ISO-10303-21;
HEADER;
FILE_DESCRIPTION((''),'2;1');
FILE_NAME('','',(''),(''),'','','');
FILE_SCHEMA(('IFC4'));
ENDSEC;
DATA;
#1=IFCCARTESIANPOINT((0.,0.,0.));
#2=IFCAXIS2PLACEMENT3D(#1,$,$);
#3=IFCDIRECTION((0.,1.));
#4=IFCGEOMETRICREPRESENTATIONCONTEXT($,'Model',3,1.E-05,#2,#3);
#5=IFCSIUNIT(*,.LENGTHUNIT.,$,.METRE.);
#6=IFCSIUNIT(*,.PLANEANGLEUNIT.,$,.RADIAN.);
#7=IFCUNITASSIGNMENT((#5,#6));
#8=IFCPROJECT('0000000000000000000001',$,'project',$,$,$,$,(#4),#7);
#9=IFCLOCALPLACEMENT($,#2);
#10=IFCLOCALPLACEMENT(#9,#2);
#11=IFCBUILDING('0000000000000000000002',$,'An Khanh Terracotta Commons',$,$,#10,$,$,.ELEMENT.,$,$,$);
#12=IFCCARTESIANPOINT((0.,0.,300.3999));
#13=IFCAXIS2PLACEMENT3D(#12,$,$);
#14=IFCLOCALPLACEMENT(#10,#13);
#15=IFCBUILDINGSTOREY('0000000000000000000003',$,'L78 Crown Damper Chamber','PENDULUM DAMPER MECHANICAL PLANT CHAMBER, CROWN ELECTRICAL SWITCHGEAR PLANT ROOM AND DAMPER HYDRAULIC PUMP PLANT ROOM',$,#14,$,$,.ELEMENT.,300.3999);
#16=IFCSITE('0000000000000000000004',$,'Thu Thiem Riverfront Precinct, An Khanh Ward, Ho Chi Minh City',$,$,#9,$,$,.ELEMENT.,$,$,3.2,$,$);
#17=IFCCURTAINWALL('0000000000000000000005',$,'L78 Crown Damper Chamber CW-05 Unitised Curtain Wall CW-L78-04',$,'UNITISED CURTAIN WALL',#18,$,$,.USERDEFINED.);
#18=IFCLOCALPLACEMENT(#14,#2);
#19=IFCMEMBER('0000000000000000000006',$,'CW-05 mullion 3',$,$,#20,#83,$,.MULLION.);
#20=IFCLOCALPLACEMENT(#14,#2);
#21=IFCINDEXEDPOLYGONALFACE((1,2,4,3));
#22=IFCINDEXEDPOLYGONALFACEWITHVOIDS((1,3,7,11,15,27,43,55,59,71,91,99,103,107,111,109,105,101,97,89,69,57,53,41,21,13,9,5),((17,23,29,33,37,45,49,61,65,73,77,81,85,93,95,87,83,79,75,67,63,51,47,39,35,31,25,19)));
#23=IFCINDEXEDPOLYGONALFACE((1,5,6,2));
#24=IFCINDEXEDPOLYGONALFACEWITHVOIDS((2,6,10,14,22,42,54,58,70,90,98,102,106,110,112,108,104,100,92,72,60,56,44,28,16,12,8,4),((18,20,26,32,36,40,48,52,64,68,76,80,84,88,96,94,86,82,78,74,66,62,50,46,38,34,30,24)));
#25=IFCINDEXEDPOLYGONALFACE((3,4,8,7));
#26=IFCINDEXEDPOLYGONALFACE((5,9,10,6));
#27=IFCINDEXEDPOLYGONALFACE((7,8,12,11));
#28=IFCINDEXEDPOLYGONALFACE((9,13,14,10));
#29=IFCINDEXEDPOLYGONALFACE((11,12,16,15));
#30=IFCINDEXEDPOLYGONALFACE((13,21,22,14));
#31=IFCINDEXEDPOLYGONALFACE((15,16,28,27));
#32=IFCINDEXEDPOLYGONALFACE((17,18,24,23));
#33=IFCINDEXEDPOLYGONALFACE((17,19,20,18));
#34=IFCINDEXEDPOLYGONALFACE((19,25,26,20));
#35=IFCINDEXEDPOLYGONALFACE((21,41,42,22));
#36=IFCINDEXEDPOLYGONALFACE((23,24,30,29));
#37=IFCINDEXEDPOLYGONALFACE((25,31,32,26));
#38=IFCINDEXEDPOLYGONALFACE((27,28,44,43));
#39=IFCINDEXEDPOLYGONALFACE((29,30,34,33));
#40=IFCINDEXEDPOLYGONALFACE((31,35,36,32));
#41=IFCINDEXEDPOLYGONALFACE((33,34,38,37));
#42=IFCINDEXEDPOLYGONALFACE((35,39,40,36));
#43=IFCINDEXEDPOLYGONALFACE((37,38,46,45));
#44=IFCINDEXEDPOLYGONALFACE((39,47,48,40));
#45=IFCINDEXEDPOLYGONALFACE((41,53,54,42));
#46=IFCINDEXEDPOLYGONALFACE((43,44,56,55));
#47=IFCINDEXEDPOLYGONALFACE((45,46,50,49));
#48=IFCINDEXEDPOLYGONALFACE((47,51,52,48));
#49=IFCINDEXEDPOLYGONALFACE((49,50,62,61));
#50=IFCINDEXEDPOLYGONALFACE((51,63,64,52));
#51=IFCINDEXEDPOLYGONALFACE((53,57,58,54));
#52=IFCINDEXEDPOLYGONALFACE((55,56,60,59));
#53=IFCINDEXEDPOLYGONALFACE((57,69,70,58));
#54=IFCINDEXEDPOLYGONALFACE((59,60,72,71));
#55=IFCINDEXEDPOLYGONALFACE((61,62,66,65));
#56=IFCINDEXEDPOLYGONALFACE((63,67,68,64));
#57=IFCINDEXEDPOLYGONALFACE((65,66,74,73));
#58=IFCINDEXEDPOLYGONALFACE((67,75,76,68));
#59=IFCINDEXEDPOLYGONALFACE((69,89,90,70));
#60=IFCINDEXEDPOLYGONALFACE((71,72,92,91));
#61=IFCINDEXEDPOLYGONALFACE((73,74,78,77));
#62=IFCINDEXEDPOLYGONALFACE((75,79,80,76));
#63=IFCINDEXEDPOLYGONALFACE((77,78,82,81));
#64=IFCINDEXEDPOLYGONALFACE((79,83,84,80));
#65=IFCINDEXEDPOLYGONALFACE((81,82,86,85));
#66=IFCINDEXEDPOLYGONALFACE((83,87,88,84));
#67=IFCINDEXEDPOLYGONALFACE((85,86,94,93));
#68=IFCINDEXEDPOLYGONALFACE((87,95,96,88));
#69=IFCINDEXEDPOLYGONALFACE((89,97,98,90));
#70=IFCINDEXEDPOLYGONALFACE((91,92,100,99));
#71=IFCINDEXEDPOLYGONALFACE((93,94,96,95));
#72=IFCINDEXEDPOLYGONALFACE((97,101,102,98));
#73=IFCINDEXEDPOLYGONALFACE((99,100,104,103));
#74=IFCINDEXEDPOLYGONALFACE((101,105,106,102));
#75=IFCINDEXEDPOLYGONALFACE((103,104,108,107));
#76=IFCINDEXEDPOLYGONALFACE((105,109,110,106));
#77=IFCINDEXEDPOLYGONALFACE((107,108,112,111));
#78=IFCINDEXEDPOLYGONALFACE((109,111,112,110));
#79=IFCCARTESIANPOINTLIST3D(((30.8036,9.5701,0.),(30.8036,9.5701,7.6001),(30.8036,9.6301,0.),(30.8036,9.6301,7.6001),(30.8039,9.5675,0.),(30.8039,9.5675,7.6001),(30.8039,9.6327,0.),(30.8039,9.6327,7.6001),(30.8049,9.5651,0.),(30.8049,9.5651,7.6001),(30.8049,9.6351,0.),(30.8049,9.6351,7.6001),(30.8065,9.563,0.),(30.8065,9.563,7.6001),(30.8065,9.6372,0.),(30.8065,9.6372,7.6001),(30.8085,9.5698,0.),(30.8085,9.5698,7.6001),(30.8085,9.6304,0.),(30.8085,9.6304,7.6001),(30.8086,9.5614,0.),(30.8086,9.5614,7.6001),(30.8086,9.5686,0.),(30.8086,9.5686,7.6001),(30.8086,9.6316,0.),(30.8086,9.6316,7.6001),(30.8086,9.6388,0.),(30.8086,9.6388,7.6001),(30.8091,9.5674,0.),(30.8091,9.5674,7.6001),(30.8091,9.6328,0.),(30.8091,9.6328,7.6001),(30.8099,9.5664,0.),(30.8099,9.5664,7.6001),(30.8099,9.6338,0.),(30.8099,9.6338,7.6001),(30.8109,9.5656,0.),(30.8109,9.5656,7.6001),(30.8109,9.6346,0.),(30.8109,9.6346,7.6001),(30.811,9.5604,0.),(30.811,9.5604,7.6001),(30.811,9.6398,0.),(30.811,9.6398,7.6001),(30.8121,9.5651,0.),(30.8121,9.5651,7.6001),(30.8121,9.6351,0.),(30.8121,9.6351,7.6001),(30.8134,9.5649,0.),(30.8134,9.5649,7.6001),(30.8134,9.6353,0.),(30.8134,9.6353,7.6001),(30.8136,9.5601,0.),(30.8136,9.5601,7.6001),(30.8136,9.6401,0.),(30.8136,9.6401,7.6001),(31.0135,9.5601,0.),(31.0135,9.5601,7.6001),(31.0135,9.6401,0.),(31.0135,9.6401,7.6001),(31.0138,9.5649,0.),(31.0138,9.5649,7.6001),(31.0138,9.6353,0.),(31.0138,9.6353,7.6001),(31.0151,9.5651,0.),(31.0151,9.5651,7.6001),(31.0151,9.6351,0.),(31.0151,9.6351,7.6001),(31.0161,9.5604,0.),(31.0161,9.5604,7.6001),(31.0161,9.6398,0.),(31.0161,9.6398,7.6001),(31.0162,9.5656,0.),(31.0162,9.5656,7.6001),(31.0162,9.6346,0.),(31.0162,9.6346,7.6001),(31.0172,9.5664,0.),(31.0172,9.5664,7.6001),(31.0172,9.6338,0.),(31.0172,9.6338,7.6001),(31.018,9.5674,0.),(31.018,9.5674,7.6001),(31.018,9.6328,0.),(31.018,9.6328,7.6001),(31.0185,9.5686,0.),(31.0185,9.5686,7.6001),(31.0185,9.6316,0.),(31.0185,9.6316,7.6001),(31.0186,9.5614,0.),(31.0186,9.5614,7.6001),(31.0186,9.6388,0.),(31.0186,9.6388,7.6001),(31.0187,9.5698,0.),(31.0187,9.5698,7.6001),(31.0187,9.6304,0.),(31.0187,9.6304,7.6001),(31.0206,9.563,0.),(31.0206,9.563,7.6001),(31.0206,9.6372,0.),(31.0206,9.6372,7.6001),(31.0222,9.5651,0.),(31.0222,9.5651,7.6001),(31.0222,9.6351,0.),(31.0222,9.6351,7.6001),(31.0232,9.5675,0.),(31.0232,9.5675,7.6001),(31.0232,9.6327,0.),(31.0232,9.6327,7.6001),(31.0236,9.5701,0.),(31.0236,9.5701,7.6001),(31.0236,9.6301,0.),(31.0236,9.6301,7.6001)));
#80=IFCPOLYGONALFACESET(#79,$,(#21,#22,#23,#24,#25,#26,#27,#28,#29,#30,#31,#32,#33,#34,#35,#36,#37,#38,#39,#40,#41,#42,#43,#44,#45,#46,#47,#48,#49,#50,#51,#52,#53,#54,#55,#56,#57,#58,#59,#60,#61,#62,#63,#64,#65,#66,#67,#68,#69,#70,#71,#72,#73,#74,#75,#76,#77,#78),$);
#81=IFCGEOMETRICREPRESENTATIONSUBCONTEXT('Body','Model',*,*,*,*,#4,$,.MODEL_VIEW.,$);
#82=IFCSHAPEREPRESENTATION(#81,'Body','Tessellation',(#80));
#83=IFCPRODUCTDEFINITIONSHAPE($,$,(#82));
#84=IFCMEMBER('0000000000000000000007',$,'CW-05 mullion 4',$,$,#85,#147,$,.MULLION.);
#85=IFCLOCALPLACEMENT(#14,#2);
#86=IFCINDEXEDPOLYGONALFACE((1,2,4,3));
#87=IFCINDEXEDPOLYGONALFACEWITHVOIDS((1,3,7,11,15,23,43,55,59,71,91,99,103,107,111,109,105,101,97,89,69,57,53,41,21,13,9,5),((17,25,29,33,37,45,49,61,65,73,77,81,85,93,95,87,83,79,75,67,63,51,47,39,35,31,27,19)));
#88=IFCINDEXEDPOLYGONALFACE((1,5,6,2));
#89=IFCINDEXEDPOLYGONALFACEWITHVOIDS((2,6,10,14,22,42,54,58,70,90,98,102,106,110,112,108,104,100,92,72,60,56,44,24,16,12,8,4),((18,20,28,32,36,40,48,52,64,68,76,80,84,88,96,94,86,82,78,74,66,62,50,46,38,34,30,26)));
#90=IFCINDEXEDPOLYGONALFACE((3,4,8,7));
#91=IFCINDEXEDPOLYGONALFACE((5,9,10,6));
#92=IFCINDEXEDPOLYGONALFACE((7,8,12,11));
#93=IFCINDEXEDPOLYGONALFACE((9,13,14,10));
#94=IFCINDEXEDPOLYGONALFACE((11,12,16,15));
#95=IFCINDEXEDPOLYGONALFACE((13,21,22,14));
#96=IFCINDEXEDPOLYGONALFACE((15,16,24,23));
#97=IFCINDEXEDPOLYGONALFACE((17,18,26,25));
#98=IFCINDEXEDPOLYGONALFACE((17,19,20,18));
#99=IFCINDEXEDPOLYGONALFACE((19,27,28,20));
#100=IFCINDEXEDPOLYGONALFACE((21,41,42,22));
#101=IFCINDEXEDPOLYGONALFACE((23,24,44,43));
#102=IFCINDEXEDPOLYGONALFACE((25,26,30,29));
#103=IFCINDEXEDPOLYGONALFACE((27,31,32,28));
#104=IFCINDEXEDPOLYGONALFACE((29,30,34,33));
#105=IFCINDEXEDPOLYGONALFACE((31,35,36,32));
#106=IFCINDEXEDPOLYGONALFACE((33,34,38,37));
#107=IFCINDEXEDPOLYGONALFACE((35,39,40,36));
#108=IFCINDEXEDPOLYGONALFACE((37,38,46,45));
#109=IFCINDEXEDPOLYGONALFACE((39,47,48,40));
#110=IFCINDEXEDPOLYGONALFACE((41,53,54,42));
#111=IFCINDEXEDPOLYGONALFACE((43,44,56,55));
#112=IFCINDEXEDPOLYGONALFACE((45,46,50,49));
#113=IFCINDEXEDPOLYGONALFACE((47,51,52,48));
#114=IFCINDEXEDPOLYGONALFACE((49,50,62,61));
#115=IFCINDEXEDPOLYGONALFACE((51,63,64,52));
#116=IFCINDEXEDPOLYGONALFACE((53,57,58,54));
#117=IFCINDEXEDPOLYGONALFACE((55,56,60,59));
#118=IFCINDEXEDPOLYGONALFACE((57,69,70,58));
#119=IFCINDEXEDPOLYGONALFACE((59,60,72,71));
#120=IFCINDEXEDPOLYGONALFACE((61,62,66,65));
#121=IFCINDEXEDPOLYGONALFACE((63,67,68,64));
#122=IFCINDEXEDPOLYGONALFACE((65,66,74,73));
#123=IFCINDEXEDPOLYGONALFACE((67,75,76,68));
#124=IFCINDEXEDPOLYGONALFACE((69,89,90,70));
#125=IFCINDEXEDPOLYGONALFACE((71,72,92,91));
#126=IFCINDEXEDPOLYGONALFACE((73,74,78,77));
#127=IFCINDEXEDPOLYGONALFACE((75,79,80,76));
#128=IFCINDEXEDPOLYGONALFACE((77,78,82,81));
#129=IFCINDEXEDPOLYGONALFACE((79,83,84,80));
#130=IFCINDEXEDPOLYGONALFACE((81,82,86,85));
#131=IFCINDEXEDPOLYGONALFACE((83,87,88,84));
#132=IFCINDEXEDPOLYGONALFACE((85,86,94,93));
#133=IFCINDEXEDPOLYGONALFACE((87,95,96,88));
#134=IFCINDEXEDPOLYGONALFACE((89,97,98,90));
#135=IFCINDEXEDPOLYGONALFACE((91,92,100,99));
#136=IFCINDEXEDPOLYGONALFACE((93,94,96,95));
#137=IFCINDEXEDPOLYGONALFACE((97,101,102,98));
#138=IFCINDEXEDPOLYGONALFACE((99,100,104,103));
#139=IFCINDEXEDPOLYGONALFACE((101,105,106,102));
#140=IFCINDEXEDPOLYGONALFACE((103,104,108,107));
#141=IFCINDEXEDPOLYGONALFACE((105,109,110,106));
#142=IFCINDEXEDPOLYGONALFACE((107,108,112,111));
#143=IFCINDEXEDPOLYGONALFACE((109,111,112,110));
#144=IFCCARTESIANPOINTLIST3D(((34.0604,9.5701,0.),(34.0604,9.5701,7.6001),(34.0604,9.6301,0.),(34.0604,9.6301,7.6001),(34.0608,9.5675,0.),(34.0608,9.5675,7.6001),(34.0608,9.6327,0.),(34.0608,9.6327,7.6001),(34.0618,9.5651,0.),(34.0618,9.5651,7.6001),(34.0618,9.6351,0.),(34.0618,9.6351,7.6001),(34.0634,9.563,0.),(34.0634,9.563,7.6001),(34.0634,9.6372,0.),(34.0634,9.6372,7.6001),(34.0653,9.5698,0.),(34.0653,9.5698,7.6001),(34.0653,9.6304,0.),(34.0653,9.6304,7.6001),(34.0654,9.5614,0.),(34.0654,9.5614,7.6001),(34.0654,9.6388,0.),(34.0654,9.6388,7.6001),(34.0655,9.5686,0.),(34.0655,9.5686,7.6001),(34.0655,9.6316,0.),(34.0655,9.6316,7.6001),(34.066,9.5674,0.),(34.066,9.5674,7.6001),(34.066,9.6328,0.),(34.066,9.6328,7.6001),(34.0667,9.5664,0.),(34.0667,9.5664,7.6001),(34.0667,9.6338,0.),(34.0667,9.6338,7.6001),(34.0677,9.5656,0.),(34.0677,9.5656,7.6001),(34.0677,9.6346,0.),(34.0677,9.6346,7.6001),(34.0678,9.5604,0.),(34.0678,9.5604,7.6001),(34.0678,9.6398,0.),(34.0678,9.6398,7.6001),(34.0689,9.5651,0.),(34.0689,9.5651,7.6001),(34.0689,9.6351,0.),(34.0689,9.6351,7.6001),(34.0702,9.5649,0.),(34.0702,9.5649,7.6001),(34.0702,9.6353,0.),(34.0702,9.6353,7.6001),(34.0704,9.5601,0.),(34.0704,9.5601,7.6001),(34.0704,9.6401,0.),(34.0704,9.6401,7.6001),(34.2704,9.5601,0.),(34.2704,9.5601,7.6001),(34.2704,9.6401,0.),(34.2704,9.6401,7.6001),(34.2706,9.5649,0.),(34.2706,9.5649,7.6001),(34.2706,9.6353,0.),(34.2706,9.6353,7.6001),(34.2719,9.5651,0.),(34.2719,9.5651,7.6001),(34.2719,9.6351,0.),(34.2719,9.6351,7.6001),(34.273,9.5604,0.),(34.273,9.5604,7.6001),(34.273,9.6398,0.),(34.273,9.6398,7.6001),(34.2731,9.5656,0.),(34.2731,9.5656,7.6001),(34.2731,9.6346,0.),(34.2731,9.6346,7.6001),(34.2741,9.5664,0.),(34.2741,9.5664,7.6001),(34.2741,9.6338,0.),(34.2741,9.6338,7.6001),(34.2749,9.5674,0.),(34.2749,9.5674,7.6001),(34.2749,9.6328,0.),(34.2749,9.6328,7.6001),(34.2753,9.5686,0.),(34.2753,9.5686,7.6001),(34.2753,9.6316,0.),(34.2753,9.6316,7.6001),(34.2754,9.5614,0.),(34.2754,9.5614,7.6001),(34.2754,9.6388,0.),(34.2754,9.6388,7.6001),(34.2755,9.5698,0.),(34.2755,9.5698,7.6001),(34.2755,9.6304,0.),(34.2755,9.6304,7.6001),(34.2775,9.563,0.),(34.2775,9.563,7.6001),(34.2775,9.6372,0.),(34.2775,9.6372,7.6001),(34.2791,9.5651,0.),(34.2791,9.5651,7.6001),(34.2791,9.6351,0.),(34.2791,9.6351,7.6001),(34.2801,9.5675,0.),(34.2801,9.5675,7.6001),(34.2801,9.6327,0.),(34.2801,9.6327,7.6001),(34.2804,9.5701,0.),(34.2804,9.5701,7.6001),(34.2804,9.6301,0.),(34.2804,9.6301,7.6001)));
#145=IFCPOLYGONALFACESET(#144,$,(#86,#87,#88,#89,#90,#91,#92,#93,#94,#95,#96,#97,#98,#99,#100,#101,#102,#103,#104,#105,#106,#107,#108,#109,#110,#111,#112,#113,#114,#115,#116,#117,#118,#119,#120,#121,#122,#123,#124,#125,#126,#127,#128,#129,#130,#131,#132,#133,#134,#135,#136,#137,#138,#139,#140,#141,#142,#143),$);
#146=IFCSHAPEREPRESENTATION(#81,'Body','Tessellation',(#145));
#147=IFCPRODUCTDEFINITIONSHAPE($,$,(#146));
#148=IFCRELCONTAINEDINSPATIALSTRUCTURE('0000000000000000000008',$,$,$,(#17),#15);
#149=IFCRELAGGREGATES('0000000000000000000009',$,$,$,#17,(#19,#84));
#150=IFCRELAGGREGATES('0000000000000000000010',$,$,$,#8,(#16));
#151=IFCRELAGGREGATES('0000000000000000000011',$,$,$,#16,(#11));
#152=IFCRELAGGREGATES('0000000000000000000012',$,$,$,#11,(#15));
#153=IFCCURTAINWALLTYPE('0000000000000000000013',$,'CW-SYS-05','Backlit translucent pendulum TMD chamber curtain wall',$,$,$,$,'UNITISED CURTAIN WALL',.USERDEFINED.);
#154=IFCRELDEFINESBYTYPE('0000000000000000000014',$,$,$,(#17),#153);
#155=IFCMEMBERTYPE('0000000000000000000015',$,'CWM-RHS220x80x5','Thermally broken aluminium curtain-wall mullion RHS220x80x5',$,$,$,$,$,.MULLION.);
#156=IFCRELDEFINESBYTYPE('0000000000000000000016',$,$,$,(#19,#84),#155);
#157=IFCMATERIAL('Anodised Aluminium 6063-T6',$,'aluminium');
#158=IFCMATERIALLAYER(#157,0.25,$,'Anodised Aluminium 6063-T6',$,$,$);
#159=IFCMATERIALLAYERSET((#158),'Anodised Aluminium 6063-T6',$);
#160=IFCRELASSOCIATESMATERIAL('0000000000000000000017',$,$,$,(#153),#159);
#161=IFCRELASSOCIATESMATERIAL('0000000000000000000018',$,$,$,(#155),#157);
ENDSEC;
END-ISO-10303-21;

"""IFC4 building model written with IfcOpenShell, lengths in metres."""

from ifc_helpers import new_model, si_unit, direction, frame, origin, origin_2d, place, context, subcontext, project, spatial, hollow_rectangle, extrude, material, layer, layer_set, material_profile, profile_set, type_object, element, aggregate, save


model = new_model("IFC4")

# Units and contexts
model_context = context("Model", 3, precision=1e-05, world=origin(), true_north=direction((0.0, 1.0)))
body_context = subcontext(model_context, "Body", "Model", "MODEL_VIEW")
ifc_project = project(units=[si_unit("LENGTHUNIT", "METRE"), si_unit("PLANEANGLEUNIT", "RADIAN")], contexts=[model_context])

# Site, building, storey
site_placement = place(None, origin())
site = spatial("IfcSite", under=ifc_project, at=site_placement, Name="Thu Thiem Riverfront Precinct, An Khanh Ward, Ho Chi Minh City", CompositionType="ELEMENT", RefElevation=3.2)
building_placement = place(site_placement, origin())
building = spatial("IfcBuilding", under=site, at=building_placement, Name="An Khanh Terracotta Commons", CompositionType="ELEMENT")
storey_placement = place(building_placement, frame((0.0, 0.0, 300.3999)))
storey = spatial("IfcBuildingStorey", under=building, at=storey_placement, Name="L78 Crown Damper Chamber", Description="PENDULUM DAMPER MECHANICAL PLANT CHAMBER, CROWN ELECTRICAL SWITCHGEAR PLANT ROOM AND DAMPER HYDRAULIC PUMP PLANT ROOM", CompositionType="ELEMENT", Elevation=300.3999)

# Curtain wall, members
ifc_material_1 = material(Name="Anodised Aluminium 6063-T6", Category="aluminium")
ifc_layer_1 = layer(ifc_material_1, 0.25, Name="Anodised Aluminium 6063-T6")
ifc_layer_set_1 = layer_set([ifc_layer_1], Name="Anodised Aluminium 6063-T6")
curtain_wall_type = type_object("IfcCurtainWallType", Name="CW-SYS-05", Description="Backlit translucent pendulum TMD chamber curtain wall", ElementType="UNITISED CURTAIN WALL", PredefinedType="USERDEFINED", material=ifc_layer_set_1)
curtain_wall_placement = place(storey_placement, origin())
curtain_wall = element("IfcCurtainWall", 1, at=curtain_wall_placement, inside=storey, type_object=curtain_wall_type, Name="L78 Crown Damper Chamber CW-05 Unitised Curtain Wall CW-L78-04", ObjectType="UNITISED CURTAIN WALL", PredefinedType="USERDEFINED")
ifc_material_profile_1 = material_profile(ifc_material_1, hollow_rectangle(XDim=0.0801, YDim=0.22, WallThickness=0.0049, InnerFilletRadius=0.0049, OuterFilletRadius=0.01, at=origin_2d()), Name="RHS220x80x5")
ifc_profile_set_1 = profile_set([ifc_material_profile_1], Name="Anodised Aluminium 6063-T6")
member_type_1 = type_object("IfcMemberType", Name="CWM-RHS220x80x5", Description="Thermally broken aluminium curtain-wall mullion RHS220x80x5", PredefinedType="MULLION", material=ifc_profile_set_1)
member_1_placement = place(storey_placement, frame((30.9136, 9.6001, 0.0), z_axis=(0.0, 0.0, 1.0), x_axis=(0.0, 1.0, 0.0)))
member_1 = element("IfcMember", 2, at=member_1_placement, type_object=member_type_1, Name="CW-05 mullion 3", PredefinedType="MULLION", context=body_context, shape_type="SweptSolid", body=[
    extrude(hollow_rectangle(XDim=0.0801, YDim=0.22, WallThickness=0.0049, InnerFilletRadius=0.0049, OuterFilletRadius=0.01, at=origin_2d()), origin(), (0.0, 0.0, 1.0), 7.6001),
])
member_2_placement = place(storey_placement, frame((34.1704, 9.6001, 0.0), z_axis=(0.0, 0.0, 1.0), x_axis=(0.0, 1.0, 0.0)))
member_2 = element("IfcMember", 3, at=member_2_placement, type_object=member_type_1, Name="CW-05 mullion 4", PredefinedType="MULLION", context=body_context, shape_type="SweptSolid", body=[
    extrude(hollow_rectangle(XDim=0.0801, YDim=0.22, WallThickness=0.0049, InnerFilletRadius=0.0049, OuterFilletRadius=0.01, at=origin_2d()), origin(), (0.0, 0.0, 1.0), 7.6001),
])
aggregate(curtain_wall, [member_1, member_2])

save(model, "model.ifc")
